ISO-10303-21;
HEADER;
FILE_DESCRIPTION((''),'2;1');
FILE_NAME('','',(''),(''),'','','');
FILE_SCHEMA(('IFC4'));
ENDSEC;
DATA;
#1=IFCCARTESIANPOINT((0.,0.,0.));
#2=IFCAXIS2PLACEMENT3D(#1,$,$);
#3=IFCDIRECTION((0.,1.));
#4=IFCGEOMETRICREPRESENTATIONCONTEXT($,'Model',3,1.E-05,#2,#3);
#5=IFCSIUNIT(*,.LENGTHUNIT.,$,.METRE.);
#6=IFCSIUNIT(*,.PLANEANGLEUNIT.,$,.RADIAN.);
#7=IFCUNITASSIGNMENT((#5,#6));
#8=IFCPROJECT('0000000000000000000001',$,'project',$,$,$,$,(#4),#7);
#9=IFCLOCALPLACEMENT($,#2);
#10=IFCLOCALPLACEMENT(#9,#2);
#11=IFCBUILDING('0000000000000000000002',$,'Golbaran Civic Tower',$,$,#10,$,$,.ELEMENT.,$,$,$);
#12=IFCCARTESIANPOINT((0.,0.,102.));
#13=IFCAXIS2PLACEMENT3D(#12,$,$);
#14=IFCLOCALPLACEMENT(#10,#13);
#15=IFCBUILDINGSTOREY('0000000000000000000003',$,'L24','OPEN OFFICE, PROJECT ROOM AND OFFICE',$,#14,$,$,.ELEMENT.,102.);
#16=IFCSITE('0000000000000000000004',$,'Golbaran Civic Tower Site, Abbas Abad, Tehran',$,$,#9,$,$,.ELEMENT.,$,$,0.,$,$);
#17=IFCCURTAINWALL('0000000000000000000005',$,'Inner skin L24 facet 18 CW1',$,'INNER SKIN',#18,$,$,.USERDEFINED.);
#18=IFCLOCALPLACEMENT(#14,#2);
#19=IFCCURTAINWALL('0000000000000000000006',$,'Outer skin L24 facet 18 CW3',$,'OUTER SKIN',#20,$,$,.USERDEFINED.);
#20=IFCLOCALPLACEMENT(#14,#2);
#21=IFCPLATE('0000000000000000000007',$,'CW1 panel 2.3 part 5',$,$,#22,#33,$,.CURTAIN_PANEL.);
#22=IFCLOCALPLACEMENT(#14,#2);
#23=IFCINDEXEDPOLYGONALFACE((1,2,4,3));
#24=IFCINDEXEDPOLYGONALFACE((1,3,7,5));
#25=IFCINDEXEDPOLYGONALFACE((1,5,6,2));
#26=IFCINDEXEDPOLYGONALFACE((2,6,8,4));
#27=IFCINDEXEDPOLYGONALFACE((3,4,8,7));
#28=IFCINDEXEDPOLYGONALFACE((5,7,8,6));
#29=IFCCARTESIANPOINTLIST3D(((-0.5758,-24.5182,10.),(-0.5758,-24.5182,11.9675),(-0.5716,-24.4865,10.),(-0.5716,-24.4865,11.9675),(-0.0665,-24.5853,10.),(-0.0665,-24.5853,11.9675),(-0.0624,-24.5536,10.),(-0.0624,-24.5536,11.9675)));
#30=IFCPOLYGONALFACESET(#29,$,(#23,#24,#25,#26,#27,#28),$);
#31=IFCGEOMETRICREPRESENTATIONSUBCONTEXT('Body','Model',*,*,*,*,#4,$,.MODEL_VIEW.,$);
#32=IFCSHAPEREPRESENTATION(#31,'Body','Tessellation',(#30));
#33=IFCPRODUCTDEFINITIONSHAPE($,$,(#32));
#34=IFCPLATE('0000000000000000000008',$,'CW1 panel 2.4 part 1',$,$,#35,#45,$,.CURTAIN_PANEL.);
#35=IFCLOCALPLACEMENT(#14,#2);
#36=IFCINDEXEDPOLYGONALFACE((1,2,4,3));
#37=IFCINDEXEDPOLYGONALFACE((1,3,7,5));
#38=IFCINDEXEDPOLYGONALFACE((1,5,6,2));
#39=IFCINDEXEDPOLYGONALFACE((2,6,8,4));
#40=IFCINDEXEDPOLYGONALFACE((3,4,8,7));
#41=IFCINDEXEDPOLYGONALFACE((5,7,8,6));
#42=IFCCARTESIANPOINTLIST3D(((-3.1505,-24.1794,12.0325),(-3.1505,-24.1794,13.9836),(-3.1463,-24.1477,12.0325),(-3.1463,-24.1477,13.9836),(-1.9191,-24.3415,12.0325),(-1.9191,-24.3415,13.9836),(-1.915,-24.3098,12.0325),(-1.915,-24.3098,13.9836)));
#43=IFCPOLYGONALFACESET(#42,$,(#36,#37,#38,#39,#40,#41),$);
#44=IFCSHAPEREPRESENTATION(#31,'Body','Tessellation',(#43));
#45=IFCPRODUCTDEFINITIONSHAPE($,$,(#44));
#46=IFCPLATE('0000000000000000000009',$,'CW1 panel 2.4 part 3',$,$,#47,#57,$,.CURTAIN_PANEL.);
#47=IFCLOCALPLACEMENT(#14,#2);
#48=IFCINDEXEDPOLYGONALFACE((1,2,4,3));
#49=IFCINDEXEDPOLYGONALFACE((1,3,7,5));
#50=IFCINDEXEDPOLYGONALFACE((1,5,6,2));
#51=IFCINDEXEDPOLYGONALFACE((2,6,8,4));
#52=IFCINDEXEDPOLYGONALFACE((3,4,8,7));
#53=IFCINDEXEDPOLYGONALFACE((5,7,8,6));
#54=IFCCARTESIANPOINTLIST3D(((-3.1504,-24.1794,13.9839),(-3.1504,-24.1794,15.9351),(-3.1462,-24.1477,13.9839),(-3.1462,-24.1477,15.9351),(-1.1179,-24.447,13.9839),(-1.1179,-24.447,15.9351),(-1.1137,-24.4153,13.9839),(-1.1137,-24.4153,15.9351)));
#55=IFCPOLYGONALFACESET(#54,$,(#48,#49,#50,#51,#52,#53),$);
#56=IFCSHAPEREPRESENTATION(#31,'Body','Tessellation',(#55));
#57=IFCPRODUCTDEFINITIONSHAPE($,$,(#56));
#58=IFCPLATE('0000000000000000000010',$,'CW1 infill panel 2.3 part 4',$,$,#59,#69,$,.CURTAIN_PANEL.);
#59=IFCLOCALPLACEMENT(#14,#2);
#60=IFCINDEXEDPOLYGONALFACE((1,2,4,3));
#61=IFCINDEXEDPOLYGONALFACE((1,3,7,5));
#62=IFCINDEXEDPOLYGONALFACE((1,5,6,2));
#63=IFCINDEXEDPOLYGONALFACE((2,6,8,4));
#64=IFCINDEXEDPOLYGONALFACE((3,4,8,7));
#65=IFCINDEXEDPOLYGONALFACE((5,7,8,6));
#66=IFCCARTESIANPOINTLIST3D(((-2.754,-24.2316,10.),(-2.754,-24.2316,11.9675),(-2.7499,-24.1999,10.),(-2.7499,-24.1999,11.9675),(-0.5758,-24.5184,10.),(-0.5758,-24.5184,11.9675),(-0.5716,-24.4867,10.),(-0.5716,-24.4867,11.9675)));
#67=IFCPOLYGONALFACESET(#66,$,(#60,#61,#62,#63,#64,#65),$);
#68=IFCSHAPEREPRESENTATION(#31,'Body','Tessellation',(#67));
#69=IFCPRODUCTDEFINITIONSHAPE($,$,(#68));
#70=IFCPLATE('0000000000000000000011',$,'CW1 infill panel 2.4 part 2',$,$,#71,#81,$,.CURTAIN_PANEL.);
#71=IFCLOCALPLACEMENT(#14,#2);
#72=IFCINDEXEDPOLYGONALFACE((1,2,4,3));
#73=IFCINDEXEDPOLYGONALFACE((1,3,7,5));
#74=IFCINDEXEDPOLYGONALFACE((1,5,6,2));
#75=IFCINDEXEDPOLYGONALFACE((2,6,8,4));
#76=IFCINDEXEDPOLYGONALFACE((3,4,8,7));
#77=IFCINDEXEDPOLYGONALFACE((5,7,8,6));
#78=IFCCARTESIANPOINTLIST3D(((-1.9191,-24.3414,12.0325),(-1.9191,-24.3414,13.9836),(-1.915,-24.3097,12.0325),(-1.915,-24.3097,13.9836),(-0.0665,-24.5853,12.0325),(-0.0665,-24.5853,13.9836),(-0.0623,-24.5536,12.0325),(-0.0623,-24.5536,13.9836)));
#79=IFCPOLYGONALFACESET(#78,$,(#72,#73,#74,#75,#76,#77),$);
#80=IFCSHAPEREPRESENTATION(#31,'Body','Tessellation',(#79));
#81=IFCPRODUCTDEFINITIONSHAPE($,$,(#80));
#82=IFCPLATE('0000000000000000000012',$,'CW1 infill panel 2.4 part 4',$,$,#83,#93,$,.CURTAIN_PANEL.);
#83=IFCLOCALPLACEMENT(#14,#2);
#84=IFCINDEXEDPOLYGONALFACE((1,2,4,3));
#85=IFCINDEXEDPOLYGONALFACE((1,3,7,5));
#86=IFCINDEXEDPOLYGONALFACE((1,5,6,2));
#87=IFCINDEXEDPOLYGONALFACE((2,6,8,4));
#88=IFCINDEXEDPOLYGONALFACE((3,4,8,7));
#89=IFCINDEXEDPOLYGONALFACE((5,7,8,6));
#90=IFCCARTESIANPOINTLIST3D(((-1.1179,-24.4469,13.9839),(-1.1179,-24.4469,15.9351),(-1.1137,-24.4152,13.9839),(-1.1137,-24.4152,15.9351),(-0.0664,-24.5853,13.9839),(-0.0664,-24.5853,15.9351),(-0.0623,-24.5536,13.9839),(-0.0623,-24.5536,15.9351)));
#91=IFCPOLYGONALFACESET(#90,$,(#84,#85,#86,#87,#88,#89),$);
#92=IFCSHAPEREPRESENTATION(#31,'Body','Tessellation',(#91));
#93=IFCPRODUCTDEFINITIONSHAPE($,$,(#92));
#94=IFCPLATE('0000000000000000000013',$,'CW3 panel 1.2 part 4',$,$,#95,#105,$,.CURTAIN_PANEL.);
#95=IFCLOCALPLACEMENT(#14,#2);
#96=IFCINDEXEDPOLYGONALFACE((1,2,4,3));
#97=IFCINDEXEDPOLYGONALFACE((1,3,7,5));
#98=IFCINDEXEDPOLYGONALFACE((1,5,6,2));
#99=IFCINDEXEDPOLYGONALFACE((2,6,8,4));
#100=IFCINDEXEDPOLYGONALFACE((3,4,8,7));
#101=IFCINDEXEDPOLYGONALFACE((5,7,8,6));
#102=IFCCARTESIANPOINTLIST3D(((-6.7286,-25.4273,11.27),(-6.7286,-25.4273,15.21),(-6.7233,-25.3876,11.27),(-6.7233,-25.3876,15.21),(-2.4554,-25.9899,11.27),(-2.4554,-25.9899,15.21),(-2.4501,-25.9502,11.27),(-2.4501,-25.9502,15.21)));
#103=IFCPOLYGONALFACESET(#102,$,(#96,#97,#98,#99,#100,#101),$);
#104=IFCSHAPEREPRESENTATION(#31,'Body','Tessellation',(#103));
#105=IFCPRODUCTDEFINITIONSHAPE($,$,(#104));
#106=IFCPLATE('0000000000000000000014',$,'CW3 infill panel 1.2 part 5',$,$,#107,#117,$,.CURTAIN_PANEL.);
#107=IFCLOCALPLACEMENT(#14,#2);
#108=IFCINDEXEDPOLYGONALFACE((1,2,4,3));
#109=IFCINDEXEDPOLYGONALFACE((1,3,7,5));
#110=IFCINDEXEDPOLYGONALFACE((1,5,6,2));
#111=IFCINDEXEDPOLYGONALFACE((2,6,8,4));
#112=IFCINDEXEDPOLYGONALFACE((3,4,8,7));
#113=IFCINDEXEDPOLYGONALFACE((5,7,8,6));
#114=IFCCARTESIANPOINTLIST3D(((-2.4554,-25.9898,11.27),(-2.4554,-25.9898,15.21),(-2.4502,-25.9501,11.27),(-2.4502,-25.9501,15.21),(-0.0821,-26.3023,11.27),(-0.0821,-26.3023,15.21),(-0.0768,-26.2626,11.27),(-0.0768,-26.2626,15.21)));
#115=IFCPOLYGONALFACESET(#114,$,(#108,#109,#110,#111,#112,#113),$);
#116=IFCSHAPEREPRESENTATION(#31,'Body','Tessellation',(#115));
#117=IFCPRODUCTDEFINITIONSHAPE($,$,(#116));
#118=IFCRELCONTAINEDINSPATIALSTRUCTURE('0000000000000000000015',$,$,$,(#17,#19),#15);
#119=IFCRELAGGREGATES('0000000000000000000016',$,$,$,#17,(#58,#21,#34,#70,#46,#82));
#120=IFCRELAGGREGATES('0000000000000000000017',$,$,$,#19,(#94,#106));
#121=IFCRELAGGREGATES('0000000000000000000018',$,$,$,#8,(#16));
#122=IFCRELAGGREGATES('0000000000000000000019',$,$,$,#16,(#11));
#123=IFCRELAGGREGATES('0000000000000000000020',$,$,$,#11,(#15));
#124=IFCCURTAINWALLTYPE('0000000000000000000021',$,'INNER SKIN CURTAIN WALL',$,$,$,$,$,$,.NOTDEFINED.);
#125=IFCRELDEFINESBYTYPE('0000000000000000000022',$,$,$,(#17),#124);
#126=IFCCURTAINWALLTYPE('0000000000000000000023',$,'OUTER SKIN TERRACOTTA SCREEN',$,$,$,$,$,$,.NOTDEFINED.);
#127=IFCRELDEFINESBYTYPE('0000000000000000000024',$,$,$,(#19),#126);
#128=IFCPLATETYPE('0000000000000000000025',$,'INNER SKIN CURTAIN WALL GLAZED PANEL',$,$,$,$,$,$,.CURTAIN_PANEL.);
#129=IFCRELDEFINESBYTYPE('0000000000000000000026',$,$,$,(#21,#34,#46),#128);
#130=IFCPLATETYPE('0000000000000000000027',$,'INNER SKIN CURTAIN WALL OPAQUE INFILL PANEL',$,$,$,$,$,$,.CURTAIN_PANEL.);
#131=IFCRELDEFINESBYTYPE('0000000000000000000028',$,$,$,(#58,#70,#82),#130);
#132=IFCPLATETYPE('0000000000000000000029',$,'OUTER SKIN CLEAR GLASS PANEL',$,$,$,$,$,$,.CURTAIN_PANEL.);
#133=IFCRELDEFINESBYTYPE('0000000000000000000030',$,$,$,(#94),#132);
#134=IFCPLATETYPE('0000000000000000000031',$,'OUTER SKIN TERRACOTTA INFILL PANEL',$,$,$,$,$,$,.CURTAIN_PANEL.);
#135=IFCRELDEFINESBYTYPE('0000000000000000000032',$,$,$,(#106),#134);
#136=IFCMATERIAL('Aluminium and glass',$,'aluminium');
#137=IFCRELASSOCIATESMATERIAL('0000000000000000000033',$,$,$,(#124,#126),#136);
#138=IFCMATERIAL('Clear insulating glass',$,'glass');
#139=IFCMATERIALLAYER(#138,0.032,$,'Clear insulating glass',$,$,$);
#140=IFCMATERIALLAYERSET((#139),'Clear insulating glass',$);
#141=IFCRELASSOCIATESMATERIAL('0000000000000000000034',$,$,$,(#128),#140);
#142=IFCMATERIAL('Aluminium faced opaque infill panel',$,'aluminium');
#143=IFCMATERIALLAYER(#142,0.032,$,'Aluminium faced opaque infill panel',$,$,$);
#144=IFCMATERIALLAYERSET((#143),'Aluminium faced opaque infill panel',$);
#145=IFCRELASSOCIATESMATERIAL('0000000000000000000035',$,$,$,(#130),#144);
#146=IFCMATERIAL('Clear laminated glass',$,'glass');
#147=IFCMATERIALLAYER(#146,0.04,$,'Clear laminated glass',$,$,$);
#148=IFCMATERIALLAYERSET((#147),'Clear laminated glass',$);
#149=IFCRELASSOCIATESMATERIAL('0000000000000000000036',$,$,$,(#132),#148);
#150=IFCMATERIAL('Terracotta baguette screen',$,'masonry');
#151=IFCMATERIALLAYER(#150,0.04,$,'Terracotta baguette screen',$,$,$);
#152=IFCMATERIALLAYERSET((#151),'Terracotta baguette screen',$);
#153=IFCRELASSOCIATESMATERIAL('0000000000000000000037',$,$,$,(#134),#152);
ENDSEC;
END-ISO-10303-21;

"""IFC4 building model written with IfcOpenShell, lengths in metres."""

from ifc_helpers import new_model, si_unit, direction, frame, origin, origin_2d, place, context, subcontext, project, spatial, rectangle, extrude, material, layer, layer_set, type_object, element, aggregate, save


model = new_model("IFC4")

# Units and contexts
model_context = context("Model", 3, precision=1e-05, world=origin(), true_north=direction((0.0, 1.0)))
body_context = subcontext(model_context, "Body", "Model", "MODEL_VIEW")
ifc_project = project(units=[si_unit("LENGTHUNIT", "METRE"), si_unit("PLANEANGLEUNIT", "RADIAN")], contexts=[model_context])

# Site, building, storey
site_placement = place(None, origin())
site = spatial("IfcSite", under=ifc_project, at=site_placement, Name="Golbaran Civic Tower Site, Abbas Abad, Tehran", CompositionType="ELEMENT", RefElevation=0.0)
building_placement = place(site_placement, origin())
building = spatial("IfcBuilding", under=site, at=building_placement, Name="Golbaran Civic Tower", CompositionType="ELEMENT")
storey_placement = place(building_placement, frame((0.0, 0.0, 102.0)))
storey = spatial("IfcBuildingStorey", under=building, at=storey_placement, Name="L24", Description="OPEN OFFICE, PROJECT ROOM AND OFFICE", CompositionType="ELEMENT", Elevation=102.0)

# Curtain wall
ifc_material_1 = material(Name="Aluminium and glass", Category="aluminium")
curtain_wall_type_1 = type_object("IfcCurtainWallType", Name="INNER SKIN CURTAIN WALL", PredefinedType="NOTDEFINED", material=ifc_material_1)
curtain_wall_1_placement = place(storey_placement, origin())
curtain_wall_1 = element("IfcCurtainWall", 1, at=curtain_wall_1_placement, inside=storey, type_object=curtain_wall_type_1, Name="Inner skin L24 facet 18 CW1", ObjectType="INNER SKIN", PredefinedType="USERDEFINED")

# Curtain wall
curtain_wall_type_2 = type_object("IfcCurtainWallType", Name="OUTER SKIN TERRACOTTA SCREEN", PredefinedType="NOTDEFINED", material=ifc_material_1)
curtain_wall_2_placement = place(storey_placement, origin())
curtain_wall_2 = element("IfcCurtainWall", 2, at=curtain_wall_2_placement, inside=storey, type_object=curtain_wall_type_2, Name="Outer skin L24 facet 18 CW3", ObjectType="OUTER SKIN", PredefinedType="USERDEFINED")

# Plates
ifc_material_2 = material(Name="Clear insulating glass", Category="glass")
ifc_layer_1 = layer(ifc_material_2, 0.032, Name="Clear insulating glass")
ifc_layer_set_1 = layer_set([ifc_layer_1], Name="Clear insulating glass")
plate_type_1 = type_object("IfcPlateType", Name="INNER SKIN CURTAIN WALL GLAZED PANEL", PredefinedType="CURTAIN_PANEL", material=ifc_layer_set_1)
plate_1_placement = place(storey_placement, frame((-0.3191, -24.5359, 10.0), z_axis=(0.0, 0.0, 1.0), x_axis=(0.991445, -0.130526, 0.0)))
plate_1 = element("IfcPlate", 3, at=plate_1_placement, type_object=plate_type_1, Name="CW1 panel 2.3 part 5", PredefinedType="CURTAIN_PANEL", context=body_context, shape_type="SweptSolid", body=[
    extrude(rectangle(XDim=0.5137, YDim=0.032, at=origin_2d()), origin(), (0.0, 0.0, 1.0), 1.9675),
])
plate_2_placement = place(storey_placement, frame((-2.5327, -24.2446, 12.0325), z_axis=(0.0, 0.0, 1.0), x_axis=(0.991445, -0.130526, 0.0)))
plate_2 = element("IfcPlate", 4, at=plate_2_placement, type_object=plate_type_1, Name="CW1 panel 2.4 part 1", PredefinedType="CURTAIN_PANEL", context=body_context, shape_type="SweptSolid", body=[
    extrude(rectangle(XDim=1.2419, YDim=0.032, at=origin_2d()), origin(), (0.0, 0.0, 1.0), 1.9512),
])
plate_3_placement = place(storey_placement, frame((-2.1321, -24.2974, 13.9839), z_axis=(0.0, 0.0, 1.0), x_axis=(0.991445, -0.130526, 0.0)))
plate_3 = element("IfcPlate", 5, at=plate_3_placement, type_object=plate_type_1, Name="CW1 panel 2.4 part 3", PredefinedType="CURTAIN_PANEL", context=body_context, shape_type="SweptSolid", body=[
    extrude(rectangle(XDim=2.05, YDim=0.032, at=origin_2d()), origin(), (0.0, 0.0, 1.0), 1.9512),
])
ifc_material_3 = material(Name="Aluminium faced opaque infill panel", Category="aluminium")
ifc_layer_2 = layer(ifc_material_3, 0.032, Name="Aluminium faced opaque infill panel")
ifc_layer_set_2 = layer_set([ifc_layer_2], Name="Aluminium faced opaque infill panel")
plate_type_2 = type_object("IfcPlateType", Name="INNER SKIN CURTAIN WALL OPAQUE INFILL PANEL", PredefinedType="CURTAIN_PANEL", material=ifc_layer_set_2)
plate_4_placement = place(storey_placement, frame((-1.6628, -24.3591, 10.0), z_axis=(0.0, 0.0, 1.0), x_axis=(0.991445, -0.130526, 0.0)))
plate_4 = element("IfcPlate", 6, at=plate_4_placement, type_object=plate_type_2, Name="CW1 infill panel 2.3 part 4", PredefinedType="CURTAIN_PANEL", context=body_context, shape_type="SweptSolid", body=[
    extrude(rectangle(XDim=2.197, YDim=0.032, at=origin_2d()), origin(), (0.0, 0.0, 1.0), 1.9675),
])
plate_5_placement = place(storey_placement, frame((-0.9907, -24.4475, 12.0325), z_axis=(0.0, 0.0, 1.0), x_axis=(0.991445, -0.130526, 0.0)))
plate_5 = element("IfcPlate", 7, at=plate_5_placement, type_object=plate_type_2, Name="CW1 infill panel 2.4 part 2", PredefinedType="CURTAIN_PANEL", context=body_context, shape_type="SweptSolid", body=[
    extrude(rectangle(XDim=1.8687, YDim=0.032, at=origin_2d()), origin(), (0.0, 0.0, 1.0), 1.9512),
])
plate_6_placement = place(storey_placement, frame((-0.5901, -24.5002, 13.9839), z_axis=(0.0, 0.0, 1.0), x_axis=(0.991445, -0.130526, 0.0)))
plate_6 = element("IfcPlate", 8, at=plate_6_placement, type_object=plate_type_2, Name="CW1 infill panel 2.4 part 4", PredefinedType="CURTAIN_PANEL", context=body_context, shape_type="SweptSolid", body=[
    extrude(rectangle(XDim=1.0605, YDim=0.032, at=origin_2d()), origin(), (0.0, 0.0, 1.0), 1.9512),
])
aggregate(curtain_wall_1, [plate_4, plate_1, plate_2, plate_5, plate_3, plate_6])
ifc_material_4 = material(Name="Clear laminated glass", Category="glass")
ifc_layer_3 = layer(ifc_material_4, 0.04, Name="Clear laminated glass")
ifc_layer_set_3 = layer_set([ifc_layer_3], Name="Clear laminated glass")
plate_type_3 = type_object("IfcPlateType", Name="OUTER SKIN CLEAR GLASS PANEL", PredefinedType="CURTAIN_PANEL", material=ifc_layer_set_3)
plate_7_placement = place(storey_placement, frame((-4.5894, -25.6887, 11.27), z_axis=(0.0, 0.0, 1.0), x_axis=(0.991445, -0.130526, 0.0)))
plate_7 = element("IfcPlate", 9, at=plate_7_placement, type_object=plate_type_3, Name="CW3 panel 1.2 part 4", PredefinedType="CURTAIN_PANEL", context=body_context, shape_type="SweptSolid", body=[
    extrude(rectangle(XDim=4.3101, YDim=0.04, at=origin_2d()), origin(), (0.0, 0.0, 1.0), 3.9399),
])
ifc_material_5 = material(Name="Terracotta baguette screen", Category="masonry")
ifc_layer_4 = layer(ifc_material_5, 0.04, Name="Terracotta baguette screen")
ifc_layer_set_4 = layer_set([ifc_layer_4], Name="Terracotta baguette screen")
plate_type_4 = type_object("IfcPlateType", Name="OUTER SKIN TERRACOTTA INFILL PANEL", PredefinedType="CURTAIN_PANEL", material=ifc_layer_set_4)
plate_8_placement = place(storey_placement, frame((-1.2661, -26.1262, 11.27), z_axis=(0.0, 0.0, 1.0), x_axis=(0.991445, -0.130526, 0.0)))
plate_8 = element("IfcPlate", 10, at=plate_8_placement, type_object=plate_type_4, Name="CW3 infill panel 1.2 part 5", PredefinedType="CURTAIN_PANEL", context=body_context, shape_type="SweptSolid", body=[
    extrude(rectangle(XDim=2.3938, YDim=0.04, at=origin_2d()), origin(), (0.0, 0.0, 1.0), 3.9399),
])
aggregate(curtain_wall_2, [plate_7, plate_8])

save(model, "model.ifc")
